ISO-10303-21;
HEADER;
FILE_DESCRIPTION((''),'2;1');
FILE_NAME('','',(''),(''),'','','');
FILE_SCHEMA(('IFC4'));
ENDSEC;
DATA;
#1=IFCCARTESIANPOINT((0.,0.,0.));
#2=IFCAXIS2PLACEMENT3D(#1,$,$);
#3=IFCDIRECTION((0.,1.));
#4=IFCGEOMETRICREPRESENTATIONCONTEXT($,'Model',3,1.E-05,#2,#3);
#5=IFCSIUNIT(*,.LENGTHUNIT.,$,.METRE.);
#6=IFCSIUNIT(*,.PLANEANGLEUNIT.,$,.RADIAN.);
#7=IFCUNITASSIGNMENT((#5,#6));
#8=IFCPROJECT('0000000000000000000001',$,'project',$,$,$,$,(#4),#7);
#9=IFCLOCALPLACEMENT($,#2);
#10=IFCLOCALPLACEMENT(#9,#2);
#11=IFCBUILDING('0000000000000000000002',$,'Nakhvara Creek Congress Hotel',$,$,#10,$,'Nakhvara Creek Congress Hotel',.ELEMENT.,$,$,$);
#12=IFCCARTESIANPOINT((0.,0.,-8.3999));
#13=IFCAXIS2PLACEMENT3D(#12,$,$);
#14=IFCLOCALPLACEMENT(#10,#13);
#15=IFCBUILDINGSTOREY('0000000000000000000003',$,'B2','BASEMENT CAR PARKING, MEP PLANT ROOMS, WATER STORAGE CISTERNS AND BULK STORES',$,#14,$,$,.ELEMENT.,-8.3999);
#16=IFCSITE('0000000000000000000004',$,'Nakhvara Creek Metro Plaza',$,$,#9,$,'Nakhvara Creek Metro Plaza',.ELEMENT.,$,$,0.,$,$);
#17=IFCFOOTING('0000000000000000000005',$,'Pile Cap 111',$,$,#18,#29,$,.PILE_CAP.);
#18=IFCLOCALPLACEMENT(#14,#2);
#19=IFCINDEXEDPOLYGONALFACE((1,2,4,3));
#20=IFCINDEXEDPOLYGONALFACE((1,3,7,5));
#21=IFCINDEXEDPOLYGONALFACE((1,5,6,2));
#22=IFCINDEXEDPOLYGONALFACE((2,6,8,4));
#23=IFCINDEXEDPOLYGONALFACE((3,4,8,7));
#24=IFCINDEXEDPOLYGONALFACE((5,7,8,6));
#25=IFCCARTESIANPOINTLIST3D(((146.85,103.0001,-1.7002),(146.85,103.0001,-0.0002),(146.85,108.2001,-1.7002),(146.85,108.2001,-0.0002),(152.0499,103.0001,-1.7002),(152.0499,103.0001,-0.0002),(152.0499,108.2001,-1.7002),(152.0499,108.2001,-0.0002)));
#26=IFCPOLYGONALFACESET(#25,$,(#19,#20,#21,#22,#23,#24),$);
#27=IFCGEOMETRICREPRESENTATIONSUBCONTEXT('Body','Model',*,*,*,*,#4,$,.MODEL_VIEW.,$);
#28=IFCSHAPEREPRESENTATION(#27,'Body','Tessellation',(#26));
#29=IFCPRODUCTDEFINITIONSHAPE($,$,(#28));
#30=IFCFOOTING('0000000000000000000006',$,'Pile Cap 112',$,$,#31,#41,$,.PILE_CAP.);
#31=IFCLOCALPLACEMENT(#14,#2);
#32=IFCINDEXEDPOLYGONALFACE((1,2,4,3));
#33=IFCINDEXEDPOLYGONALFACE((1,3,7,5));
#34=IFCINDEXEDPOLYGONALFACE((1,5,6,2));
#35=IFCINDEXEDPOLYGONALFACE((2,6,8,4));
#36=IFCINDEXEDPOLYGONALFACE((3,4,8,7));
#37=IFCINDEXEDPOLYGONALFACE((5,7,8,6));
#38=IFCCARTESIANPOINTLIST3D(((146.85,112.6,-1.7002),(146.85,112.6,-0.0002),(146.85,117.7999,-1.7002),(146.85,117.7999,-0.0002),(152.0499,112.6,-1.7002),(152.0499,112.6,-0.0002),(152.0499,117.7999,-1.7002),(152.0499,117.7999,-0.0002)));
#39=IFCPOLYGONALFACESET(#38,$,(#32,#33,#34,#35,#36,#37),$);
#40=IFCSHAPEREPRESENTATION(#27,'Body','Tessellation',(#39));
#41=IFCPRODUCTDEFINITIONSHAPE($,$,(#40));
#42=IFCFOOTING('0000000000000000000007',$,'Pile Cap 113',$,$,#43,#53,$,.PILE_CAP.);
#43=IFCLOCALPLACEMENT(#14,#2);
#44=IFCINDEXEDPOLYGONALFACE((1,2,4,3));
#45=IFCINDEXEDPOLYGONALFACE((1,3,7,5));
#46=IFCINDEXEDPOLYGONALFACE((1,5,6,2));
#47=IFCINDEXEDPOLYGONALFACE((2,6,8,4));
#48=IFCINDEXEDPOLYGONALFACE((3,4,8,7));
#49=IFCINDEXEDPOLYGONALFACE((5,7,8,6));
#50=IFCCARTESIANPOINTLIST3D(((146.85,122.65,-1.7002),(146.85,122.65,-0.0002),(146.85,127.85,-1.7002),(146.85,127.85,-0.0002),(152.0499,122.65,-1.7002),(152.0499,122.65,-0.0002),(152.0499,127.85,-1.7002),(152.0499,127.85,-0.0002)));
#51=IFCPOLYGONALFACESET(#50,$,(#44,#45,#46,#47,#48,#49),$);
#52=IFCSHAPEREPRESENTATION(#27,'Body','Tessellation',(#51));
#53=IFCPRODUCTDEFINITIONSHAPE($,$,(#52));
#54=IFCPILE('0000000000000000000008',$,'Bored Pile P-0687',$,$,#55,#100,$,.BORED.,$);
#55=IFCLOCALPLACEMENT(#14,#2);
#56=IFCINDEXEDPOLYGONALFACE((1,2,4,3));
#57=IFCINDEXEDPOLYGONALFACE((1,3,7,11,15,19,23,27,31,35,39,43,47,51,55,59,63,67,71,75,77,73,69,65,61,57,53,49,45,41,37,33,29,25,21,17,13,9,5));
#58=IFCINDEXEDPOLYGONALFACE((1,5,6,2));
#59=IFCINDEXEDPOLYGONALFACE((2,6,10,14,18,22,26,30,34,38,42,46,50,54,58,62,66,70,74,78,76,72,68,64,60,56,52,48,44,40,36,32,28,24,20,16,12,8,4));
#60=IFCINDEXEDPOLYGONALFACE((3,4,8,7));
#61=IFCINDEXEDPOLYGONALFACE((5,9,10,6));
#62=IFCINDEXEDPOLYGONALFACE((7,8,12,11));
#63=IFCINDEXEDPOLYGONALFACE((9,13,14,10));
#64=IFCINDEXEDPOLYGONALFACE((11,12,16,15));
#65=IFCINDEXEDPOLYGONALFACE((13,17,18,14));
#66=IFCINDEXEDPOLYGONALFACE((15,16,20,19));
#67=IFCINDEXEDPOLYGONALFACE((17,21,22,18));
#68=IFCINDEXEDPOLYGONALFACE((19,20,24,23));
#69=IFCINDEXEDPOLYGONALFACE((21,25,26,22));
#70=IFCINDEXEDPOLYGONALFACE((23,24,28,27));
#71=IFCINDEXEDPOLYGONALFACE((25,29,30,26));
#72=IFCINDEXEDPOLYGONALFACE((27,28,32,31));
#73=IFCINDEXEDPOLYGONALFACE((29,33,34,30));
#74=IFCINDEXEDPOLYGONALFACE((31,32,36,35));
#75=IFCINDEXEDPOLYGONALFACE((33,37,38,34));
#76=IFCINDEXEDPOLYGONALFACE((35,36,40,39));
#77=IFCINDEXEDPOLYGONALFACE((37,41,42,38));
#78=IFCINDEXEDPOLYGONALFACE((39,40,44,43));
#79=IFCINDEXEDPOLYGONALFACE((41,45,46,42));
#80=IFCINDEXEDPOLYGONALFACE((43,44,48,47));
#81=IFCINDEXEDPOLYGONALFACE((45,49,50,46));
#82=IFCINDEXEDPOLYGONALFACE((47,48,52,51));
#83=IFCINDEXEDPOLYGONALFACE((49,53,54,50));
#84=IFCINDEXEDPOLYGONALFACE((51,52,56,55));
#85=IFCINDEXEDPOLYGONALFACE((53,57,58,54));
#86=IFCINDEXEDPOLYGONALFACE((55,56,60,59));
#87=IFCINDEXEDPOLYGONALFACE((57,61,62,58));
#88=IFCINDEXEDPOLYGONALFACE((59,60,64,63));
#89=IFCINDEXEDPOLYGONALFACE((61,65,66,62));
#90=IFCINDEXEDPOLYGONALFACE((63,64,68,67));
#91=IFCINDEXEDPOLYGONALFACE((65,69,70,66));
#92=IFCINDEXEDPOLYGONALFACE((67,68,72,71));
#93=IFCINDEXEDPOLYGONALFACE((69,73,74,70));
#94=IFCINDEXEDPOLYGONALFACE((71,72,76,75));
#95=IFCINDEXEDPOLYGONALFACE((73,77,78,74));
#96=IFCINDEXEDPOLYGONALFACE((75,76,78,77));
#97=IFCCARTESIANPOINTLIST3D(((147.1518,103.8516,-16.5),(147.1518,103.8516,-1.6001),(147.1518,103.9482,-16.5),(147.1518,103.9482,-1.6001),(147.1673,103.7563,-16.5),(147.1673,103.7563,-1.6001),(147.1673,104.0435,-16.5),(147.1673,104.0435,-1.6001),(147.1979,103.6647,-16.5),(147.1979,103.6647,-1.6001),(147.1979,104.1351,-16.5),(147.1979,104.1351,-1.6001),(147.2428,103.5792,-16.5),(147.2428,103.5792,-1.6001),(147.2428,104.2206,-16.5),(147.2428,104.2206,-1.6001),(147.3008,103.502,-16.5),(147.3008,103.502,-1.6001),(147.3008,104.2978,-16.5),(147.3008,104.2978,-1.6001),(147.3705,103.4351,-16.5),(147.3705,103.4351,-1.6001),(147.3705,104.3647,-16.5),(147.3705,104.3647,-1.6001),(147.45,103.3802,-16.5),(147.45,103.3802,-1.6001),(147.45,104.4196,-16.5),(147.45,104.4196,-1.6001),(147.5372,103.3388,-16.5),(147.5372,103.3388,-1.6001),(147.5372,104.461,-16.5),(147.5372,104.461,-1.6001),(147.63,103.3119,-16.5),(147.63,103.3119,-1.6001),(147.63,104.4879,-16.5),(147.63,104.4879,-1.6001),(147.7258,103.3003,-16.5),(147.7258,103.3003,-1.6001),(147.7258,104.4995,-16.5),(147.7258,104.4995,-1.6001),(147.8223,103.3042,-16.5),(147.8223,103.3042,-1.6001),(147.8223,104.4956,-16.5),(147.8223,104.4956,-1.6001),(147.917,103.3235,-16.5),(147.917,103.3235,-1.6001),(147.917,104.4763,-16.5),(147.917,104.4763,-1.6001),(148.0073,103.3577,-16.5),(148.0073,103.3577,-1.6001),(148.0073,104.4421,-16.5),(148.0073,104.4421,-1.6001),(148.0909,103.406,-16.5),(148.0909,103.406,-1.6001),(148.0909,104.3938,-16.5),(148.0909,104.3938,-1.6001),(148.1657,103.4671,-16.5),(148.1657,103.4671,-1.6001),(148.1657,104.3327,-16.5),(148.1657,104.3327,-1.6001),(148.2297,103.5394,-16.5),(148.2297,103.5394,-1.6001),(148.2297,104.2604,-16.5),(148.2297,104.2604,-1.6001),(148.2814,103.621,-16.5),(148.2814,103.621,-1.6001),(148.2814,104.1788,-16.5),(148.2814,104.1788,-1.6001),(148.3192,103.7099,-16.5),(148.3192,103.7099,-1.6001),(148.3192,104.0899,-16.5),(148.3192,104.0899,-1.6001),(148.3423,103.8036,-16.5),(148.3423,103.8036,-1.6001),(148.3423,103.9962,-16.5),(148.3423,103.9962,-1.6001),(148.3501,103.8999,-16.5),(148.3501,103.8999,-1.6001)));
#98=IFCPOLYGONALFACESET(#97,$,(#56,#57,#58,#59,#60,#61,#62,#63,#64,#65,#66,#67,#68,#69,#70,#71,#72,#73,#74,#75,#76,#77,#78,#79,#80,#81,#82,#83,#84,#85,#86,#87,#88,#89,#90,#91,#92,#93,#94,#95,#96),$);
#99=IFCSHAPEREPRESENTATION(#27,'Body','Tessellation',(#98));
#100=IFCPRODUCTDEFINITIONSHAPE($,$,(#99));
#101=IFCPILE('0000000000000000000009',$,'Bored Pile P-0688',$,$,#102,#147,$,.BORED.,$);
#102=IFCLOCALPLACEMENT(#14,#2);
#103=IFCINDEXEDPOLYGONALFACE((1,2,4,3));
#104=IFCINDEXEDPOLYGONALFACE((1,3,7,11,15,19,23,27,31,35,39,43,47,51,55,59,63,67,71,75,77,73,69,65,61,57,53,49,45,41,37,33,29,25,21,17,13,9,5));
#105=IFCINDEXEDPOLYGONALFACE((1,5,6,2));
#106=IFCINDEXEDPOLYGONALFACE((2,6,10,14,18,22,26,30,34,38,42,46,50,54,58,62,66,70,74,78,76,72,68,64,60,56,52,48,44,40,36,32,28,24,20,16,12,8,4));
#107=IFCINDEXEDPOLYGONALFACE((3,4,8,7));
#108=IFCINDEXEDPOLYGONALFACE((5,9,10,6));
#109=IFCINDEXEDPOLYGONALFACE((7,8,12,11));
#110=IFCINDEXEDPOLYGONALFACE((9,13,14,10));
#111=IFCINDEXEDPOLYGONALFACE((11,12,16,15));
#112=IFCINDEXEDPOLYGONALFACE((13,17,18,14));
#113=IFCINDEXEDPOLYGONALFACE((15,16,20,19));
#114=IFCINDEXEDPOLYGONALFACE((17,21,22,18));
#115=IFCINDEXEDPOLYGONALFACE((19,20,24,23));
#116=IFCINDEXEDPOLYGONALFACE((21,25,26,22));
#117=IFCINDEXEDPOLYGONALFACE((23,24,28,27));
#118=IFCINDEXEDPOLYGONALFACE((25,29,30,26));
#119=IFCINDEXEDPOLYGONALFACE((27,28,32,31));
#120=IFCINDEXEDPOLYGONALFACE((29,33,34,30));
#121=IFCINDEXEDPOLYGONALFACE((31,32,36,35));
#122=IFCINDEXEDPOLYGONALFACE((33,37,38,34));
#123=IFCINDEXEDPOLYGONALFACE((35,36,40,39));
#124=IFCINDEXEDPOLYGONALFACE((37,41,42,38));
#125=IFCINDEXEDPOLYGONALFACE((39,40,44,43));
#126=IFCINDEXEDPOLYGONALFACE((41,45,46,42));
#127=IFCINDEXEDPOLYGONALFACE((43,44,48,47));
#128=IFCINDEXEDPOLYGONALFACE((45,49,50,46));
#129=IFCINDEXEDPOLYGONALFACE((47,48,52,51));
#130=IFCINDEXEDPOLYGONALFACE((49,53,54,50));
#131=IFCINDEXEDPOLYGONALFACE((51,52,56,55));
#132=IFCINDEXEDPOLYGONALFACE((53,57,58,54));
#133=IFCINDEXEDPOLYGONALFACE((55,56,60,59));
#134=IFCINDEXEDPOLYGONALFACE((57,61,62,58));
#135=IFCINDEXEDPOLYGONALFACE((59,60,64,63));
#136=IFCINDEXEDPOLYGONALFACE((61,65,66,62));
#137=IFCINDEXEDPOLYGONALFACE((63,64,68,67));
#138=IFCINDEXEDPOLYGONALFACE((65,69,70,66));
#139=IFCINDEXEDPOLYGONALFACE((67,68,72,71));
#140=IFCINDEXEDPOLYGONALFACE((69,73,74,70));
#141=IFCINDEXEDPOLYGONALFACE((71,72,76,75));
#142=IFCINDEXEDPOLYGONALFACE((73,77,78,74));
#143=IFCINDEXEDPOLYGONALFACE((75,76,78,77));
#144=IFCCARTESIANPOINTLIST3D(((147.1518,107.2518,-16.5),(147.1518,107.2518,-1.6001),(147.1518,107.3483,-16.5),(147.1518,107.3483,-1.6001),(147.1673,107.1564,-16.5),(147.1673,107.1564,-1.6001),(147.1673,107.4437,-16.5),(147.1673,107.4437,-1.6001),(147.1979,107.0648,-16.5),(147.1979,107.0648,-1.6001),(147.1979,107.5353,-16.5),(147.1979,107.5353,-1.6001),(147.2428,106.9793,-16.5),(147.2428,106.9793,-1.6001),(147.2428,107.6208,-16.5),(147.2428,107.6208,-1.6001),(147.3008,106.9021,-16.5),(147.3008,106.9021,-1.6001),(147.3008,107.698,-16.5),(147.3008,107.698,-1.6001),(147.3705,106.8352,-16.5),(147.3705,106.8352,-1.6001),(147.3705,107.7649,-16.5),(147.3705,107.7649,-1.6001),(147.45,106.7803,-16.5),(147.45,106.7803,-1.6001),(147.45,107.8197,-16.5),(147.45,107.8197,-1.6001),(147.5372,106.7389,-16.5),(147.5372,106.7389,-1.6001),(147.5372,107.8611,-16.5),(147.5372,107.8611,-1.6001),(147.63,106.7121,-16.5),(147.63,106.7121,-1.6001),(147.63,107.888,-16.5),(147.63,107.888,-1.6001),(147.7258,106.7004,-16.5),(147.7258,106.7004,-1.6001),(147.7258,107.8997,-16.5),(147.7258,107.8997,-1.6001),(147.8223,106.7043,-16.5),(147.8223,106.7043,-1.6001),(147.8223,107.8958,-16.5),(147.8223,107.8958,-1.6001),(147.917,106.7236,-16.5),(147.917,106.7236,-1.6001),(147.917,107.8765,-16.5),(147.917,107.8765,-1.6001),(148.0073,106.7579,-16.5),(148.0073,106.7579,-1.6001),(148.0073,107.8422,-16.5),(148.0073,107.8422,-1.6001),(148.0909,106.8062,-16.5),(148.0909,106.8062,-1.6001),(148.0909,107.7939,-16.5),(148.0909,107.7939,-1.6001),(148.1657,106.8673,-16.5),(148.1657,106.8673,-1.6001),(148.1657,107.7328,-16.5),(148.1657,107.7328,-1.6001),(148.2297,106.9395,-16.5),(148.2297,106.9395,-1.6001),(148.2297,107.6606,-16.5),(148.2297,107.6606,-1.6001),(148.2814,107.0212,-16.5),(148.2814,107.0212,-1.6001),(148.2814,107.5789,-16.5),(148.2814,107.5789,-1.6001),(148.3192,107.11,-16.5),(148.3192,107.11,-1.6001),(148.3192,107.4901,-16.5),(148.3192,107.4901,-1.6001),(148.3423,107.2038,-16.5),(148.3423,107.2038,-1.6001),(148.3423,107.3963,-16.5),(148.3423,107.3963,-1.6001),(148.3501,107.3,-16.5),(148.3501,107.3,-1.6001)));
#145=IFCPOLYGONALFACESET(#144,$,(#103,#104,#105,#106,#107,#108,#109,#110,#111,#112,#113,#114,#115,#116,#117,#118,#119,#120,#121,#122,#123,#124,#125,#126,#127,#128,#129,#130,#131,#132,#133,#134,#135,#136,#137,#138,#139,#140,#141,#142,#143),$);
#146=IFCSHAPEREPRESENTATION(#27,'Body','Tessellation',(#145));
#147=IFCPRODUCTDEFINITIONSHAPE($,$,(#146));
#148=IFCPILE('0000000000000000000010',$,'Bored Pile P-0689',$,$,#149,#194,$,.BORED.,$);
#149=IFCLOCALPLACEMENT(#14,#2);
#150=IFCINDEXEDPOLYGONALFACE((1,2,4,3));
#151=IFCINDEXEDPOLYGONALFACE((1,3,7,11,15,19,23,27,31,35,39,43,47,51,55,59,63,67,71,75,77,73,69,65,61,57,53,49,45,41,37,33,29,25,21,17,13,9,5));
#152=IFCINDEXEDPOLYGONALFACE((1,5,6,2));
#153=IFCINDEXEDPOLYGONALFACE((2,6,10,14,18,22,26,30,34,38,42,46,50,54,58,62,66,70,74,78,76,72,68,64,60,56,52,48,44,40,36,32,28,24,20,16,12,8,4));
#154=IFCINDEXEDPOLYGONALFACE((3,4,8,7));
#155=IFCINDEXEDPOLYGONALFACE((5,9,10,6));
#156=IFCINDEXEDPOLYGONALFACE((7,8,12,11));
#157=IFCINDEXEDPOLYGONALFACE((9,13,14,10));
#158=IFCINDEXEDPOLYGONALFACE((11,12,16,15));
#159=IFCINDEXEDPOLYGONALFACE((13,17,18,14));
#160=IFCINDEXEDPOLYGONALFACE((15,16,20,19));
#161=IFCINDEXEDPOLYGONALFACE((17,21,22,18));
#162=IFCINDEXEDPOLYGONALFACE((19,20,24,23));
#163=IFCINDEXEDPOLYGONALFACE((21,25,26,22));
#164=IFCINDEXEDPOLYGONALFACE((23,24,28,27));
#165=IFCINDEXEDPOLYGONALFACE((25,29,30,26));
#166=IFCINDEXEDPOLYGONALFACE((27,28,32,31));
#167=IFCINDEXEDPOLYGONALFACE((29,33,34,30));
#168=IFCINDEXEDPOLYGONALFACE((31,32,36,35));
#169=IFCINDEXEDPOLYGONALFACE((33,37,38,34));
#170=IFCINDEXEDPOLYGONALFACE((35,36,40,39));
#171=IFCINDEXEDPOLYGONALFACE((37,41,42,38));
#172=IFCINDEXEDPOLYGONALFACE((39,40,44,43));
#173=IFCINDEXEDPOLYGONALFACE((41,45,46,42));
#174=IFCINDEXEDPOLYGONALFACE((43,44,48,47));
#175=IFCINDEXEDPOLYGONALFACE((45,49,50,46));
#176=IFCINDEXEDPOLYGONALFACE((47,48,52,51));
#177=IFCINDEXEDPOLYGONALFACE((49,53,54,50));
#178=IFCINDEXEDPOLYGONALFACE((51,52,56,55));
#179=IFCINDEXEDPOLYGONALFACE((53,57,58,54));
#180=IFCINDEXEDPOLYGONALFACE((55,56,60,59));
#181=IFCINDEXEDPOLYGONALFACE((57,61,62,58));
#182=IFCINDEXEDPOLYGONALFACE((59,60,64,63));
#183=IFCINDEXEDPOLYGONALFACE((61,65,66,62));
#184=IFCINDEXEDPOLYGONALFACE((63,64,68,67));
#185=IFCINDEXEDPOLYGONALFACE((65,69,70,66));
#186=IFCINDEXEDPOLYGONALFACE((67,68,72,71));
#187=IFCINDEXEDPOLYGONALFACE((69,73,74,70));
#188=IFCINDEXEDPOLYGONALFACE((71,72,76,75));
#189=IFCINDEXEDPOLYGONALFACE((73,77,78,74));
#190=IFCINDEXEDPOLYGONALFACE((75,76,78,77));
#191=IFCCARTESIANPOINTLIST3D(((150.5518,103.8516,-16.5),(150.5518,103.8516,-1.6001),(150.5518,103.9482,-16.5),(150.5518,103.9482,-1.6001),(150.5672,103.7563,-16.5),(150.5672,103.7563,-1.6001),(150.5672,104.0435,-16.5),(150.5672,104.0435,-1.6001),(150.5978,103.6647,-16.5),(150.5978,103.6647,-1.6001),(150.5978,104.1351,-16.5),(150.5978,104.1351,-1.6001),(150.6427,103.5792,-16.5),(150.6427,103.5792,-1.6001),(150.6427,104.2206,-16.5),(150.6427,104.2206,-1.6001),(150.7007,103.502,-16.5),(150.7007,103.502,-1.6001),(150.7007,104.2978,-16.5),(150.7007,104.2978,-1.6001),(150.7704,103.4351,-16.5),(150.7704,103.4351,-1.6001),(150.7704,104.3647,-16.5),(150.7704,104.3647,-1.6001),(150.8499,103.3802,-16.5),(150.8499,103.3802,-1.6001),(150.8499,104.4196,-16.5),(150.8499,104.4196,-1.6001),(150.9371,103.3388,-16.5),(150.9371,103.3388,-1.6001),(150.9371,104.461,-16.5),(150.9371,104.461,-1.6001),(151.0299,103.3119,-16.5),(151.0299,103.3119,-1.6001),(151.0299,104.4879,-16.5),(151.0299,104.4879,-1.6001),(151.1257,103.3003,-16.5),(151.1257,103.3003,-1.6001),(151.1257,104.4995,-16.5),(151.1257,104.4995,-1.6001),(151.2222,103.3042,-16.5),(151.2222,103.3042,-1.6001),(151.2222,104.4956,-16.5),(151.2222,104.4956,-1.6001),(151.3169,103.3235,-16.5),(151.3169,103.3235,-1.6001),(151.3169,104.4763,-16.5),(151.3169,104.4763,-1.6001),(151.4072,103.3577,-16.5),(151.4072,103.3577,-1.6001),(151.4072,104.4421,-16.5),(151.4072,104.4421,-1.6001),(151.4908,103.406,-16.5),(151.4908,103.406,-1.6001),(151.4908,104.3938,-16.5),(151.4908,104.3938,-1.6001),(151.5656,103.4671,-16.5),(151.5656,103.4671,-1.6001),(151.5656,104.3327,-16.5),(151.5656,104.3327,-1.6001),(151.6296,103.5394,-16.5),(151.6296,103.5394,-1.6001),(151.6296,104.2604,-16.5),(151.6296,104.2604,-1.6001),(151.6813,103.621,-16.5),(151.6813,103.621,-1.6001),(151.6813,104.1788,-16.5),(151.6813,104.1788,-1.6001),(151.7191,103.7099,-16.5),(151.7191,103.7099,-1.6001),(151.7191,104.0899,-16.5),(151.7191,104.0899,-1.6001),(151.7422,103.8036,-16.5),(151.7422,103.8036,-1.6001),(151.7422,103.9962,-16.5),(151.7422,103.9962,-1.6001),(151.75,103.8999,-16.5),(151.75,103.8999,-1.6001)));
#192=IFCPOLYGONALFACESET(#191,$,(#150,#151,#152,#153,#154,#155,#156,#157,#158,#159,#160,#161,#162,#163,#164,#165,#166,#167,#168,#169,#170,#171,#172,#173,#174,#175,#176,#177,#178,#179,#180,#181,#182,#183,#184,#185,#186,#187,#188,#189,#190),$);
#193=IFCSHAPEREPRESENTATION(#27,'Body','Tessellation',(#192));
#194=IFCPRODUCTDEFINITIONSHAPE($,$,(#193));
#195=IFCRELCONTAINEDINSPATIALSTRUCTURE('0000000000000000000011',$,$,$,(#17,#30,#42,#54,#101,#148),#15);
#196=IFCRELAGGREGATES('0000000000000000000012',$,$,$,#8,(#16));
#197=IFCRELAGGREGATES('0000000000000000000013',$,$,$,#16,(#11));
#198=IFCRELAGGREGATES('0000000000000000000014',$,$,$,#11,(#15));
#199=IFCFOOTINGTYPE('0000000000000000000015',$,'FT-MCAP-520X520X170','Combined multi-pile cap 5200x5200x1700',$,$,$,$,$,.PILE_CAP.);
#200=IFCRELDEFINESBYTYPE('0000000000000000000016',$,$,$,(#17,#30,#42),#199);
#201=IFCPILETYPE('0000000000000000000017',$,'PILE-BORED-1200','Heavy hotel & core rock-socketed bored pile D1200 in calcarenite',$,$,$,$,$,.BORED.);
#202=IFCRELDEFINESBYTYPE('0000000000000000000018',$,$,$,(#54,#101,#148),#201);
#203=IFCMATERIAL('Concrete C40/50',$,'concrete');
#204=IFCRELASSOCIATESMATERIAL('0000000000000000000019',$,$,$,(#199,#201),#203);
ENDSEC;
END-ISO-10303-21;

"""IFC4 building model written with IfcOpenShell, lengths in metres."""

from ifc_helpers import new_model, si_unit, direction, frame, origin, origin_2d, place, context, subcontext, project, spatial, rectangle, circle, extrude, material, material_profile, profile_set, type_object, element, save


model = new_model("IFC4")

# Units and contexts
model_context = context("Model", 3, precision=1e-05, world=origin(), true_north=direction((0.0, 1.0)))
body_context = subcontext(model_context, "Body", "Model", "MODEL_VIEW")
ifc_project = project(units=[si_unit("LENGTHUNIT", "METRE"), si_unit("PLANEANGLEUNIT", "RADIAN")], contexts=[model_context])

# Site, building, storey
site_placement = place(None, origin())
site = spatial("IfcSite", under=ifc_project, at=site_placement, Name="Nakhvara Creek Metro Plaza", LongName="Nakhvara Creek Metro Plaza", CompositionType="ELEMENT", RefElevation=0.0)
building_placement = place(site_placement, origin())
building = spatial("IfcBuilding", under=site, at=building_placement, Name="Nakhvara Creek Congress Hotel", LongName="Nakhvara Creek Congress Hotel", CompositionType="ELEMENT")
storey_placement = place(building_placement, frame((0.0, 0.0, -8.3999)))
storey = spatial("IfcBuildingStorey", under=building, at=storey_placement, Name="B2", Description="BASEMENT CAR PARKING, MEP PLANT ROOMS, WATER STORAGE CISTERNS AND BULK STORES", CompositionType="ELEMENT", Elevation=-8.3999)

# Footings
ifc_material_1 = material(Name="Concrete C40/50", Category="concrete")
footing_type = type_object("IfcFootingType", Name="FT-MCAP-520X520X170", Description="Combined multi-pile cap 5200x5200x1700", PredefinedType="PILE_CAP", material=ifc_material_1)
for number, where, z_axis, x_axis, name in (
    (1, (149.45, 105.6001, -1.7002), (0.0, 0.0, 1.0), (1.0, 0.0, 0.0), "Pile Cap 111"),
    (2, (149.45, 115.2, -1.7002), (0.0, 0.0, 1.0), (1.0, 0.0, 0.0), "Pile Cap 112"),
    (3, (149.45, 125.25, -1.7002), (0.0, 0.0, 1.0), (1.0, 0.0, 0.0), "Pile Cap 113"),
):
    element("IfcFooting", number, at=place(storey_placement, frame(where, z_axis=z_axis, x_axis=x_axis)), inside=storey, type_object=footing_type, Name=name, PredefinedType="PILE_CAP", context=body_context, shape_type="SweptSolid", body=[
        extrude(rectangle(XDim=5.2, YDim=5.2, at=origin_2d()), origin(), (0.0, 0.0, 1.0), 1.7),
    ])

# Piles
ifc_material_profile_1 = material_profile(ifc_material_1, circle(Radius=0.6001, at=origin_2d()), Name="BORED PILE D1200", Category="LoadBearing")
ifc_profile_set_1 = profile_set([ifc_material_profile_1], Name="Concrete C40/50")
pile_type_1 = type_object("IfcPileType", Name="PILE-BORED-1200", Description="Heavy hotel & core rock-socketed bored pile D1200 in calcarenite", PredefinedType="BORED", material=ifc_profile_set_1)
for number, where, z_axis, x_axis, name in (
    (4, (147.75, 103.8999, -1.6001), (0.0, 0.0, -1.0), (1.0, 0.0, 0.0), "Bored Pile P-0687"),
    (5, (147.75, 107.3, -1.6001), (0.0, 0.0, -1.0), (1.0, 0.0, 0.0), "Bored Pile P-0688"),
    (6, (151.1499, 103.8999, -1.6001), (0.0, 0.0, -1.0), (1.0, 0.0, 0.0), "Bored Pile P-0689"),
):
    element("IfcPile", number, at=place(storey_placement, frame(where, z_axis=z_axis, x_axis=x_axis)), inside=storey, type_object=pile_type_1, Name=name, PredefinedType="BORED", context=body_context, shape_type="SweptSolid", body=[
        extrude(circle(Radius=0.6001, at=origin_2d()), origin(), (0.0, 0.0, 1.0), 14.8999),
    ])

save(model, "model.ifc")
